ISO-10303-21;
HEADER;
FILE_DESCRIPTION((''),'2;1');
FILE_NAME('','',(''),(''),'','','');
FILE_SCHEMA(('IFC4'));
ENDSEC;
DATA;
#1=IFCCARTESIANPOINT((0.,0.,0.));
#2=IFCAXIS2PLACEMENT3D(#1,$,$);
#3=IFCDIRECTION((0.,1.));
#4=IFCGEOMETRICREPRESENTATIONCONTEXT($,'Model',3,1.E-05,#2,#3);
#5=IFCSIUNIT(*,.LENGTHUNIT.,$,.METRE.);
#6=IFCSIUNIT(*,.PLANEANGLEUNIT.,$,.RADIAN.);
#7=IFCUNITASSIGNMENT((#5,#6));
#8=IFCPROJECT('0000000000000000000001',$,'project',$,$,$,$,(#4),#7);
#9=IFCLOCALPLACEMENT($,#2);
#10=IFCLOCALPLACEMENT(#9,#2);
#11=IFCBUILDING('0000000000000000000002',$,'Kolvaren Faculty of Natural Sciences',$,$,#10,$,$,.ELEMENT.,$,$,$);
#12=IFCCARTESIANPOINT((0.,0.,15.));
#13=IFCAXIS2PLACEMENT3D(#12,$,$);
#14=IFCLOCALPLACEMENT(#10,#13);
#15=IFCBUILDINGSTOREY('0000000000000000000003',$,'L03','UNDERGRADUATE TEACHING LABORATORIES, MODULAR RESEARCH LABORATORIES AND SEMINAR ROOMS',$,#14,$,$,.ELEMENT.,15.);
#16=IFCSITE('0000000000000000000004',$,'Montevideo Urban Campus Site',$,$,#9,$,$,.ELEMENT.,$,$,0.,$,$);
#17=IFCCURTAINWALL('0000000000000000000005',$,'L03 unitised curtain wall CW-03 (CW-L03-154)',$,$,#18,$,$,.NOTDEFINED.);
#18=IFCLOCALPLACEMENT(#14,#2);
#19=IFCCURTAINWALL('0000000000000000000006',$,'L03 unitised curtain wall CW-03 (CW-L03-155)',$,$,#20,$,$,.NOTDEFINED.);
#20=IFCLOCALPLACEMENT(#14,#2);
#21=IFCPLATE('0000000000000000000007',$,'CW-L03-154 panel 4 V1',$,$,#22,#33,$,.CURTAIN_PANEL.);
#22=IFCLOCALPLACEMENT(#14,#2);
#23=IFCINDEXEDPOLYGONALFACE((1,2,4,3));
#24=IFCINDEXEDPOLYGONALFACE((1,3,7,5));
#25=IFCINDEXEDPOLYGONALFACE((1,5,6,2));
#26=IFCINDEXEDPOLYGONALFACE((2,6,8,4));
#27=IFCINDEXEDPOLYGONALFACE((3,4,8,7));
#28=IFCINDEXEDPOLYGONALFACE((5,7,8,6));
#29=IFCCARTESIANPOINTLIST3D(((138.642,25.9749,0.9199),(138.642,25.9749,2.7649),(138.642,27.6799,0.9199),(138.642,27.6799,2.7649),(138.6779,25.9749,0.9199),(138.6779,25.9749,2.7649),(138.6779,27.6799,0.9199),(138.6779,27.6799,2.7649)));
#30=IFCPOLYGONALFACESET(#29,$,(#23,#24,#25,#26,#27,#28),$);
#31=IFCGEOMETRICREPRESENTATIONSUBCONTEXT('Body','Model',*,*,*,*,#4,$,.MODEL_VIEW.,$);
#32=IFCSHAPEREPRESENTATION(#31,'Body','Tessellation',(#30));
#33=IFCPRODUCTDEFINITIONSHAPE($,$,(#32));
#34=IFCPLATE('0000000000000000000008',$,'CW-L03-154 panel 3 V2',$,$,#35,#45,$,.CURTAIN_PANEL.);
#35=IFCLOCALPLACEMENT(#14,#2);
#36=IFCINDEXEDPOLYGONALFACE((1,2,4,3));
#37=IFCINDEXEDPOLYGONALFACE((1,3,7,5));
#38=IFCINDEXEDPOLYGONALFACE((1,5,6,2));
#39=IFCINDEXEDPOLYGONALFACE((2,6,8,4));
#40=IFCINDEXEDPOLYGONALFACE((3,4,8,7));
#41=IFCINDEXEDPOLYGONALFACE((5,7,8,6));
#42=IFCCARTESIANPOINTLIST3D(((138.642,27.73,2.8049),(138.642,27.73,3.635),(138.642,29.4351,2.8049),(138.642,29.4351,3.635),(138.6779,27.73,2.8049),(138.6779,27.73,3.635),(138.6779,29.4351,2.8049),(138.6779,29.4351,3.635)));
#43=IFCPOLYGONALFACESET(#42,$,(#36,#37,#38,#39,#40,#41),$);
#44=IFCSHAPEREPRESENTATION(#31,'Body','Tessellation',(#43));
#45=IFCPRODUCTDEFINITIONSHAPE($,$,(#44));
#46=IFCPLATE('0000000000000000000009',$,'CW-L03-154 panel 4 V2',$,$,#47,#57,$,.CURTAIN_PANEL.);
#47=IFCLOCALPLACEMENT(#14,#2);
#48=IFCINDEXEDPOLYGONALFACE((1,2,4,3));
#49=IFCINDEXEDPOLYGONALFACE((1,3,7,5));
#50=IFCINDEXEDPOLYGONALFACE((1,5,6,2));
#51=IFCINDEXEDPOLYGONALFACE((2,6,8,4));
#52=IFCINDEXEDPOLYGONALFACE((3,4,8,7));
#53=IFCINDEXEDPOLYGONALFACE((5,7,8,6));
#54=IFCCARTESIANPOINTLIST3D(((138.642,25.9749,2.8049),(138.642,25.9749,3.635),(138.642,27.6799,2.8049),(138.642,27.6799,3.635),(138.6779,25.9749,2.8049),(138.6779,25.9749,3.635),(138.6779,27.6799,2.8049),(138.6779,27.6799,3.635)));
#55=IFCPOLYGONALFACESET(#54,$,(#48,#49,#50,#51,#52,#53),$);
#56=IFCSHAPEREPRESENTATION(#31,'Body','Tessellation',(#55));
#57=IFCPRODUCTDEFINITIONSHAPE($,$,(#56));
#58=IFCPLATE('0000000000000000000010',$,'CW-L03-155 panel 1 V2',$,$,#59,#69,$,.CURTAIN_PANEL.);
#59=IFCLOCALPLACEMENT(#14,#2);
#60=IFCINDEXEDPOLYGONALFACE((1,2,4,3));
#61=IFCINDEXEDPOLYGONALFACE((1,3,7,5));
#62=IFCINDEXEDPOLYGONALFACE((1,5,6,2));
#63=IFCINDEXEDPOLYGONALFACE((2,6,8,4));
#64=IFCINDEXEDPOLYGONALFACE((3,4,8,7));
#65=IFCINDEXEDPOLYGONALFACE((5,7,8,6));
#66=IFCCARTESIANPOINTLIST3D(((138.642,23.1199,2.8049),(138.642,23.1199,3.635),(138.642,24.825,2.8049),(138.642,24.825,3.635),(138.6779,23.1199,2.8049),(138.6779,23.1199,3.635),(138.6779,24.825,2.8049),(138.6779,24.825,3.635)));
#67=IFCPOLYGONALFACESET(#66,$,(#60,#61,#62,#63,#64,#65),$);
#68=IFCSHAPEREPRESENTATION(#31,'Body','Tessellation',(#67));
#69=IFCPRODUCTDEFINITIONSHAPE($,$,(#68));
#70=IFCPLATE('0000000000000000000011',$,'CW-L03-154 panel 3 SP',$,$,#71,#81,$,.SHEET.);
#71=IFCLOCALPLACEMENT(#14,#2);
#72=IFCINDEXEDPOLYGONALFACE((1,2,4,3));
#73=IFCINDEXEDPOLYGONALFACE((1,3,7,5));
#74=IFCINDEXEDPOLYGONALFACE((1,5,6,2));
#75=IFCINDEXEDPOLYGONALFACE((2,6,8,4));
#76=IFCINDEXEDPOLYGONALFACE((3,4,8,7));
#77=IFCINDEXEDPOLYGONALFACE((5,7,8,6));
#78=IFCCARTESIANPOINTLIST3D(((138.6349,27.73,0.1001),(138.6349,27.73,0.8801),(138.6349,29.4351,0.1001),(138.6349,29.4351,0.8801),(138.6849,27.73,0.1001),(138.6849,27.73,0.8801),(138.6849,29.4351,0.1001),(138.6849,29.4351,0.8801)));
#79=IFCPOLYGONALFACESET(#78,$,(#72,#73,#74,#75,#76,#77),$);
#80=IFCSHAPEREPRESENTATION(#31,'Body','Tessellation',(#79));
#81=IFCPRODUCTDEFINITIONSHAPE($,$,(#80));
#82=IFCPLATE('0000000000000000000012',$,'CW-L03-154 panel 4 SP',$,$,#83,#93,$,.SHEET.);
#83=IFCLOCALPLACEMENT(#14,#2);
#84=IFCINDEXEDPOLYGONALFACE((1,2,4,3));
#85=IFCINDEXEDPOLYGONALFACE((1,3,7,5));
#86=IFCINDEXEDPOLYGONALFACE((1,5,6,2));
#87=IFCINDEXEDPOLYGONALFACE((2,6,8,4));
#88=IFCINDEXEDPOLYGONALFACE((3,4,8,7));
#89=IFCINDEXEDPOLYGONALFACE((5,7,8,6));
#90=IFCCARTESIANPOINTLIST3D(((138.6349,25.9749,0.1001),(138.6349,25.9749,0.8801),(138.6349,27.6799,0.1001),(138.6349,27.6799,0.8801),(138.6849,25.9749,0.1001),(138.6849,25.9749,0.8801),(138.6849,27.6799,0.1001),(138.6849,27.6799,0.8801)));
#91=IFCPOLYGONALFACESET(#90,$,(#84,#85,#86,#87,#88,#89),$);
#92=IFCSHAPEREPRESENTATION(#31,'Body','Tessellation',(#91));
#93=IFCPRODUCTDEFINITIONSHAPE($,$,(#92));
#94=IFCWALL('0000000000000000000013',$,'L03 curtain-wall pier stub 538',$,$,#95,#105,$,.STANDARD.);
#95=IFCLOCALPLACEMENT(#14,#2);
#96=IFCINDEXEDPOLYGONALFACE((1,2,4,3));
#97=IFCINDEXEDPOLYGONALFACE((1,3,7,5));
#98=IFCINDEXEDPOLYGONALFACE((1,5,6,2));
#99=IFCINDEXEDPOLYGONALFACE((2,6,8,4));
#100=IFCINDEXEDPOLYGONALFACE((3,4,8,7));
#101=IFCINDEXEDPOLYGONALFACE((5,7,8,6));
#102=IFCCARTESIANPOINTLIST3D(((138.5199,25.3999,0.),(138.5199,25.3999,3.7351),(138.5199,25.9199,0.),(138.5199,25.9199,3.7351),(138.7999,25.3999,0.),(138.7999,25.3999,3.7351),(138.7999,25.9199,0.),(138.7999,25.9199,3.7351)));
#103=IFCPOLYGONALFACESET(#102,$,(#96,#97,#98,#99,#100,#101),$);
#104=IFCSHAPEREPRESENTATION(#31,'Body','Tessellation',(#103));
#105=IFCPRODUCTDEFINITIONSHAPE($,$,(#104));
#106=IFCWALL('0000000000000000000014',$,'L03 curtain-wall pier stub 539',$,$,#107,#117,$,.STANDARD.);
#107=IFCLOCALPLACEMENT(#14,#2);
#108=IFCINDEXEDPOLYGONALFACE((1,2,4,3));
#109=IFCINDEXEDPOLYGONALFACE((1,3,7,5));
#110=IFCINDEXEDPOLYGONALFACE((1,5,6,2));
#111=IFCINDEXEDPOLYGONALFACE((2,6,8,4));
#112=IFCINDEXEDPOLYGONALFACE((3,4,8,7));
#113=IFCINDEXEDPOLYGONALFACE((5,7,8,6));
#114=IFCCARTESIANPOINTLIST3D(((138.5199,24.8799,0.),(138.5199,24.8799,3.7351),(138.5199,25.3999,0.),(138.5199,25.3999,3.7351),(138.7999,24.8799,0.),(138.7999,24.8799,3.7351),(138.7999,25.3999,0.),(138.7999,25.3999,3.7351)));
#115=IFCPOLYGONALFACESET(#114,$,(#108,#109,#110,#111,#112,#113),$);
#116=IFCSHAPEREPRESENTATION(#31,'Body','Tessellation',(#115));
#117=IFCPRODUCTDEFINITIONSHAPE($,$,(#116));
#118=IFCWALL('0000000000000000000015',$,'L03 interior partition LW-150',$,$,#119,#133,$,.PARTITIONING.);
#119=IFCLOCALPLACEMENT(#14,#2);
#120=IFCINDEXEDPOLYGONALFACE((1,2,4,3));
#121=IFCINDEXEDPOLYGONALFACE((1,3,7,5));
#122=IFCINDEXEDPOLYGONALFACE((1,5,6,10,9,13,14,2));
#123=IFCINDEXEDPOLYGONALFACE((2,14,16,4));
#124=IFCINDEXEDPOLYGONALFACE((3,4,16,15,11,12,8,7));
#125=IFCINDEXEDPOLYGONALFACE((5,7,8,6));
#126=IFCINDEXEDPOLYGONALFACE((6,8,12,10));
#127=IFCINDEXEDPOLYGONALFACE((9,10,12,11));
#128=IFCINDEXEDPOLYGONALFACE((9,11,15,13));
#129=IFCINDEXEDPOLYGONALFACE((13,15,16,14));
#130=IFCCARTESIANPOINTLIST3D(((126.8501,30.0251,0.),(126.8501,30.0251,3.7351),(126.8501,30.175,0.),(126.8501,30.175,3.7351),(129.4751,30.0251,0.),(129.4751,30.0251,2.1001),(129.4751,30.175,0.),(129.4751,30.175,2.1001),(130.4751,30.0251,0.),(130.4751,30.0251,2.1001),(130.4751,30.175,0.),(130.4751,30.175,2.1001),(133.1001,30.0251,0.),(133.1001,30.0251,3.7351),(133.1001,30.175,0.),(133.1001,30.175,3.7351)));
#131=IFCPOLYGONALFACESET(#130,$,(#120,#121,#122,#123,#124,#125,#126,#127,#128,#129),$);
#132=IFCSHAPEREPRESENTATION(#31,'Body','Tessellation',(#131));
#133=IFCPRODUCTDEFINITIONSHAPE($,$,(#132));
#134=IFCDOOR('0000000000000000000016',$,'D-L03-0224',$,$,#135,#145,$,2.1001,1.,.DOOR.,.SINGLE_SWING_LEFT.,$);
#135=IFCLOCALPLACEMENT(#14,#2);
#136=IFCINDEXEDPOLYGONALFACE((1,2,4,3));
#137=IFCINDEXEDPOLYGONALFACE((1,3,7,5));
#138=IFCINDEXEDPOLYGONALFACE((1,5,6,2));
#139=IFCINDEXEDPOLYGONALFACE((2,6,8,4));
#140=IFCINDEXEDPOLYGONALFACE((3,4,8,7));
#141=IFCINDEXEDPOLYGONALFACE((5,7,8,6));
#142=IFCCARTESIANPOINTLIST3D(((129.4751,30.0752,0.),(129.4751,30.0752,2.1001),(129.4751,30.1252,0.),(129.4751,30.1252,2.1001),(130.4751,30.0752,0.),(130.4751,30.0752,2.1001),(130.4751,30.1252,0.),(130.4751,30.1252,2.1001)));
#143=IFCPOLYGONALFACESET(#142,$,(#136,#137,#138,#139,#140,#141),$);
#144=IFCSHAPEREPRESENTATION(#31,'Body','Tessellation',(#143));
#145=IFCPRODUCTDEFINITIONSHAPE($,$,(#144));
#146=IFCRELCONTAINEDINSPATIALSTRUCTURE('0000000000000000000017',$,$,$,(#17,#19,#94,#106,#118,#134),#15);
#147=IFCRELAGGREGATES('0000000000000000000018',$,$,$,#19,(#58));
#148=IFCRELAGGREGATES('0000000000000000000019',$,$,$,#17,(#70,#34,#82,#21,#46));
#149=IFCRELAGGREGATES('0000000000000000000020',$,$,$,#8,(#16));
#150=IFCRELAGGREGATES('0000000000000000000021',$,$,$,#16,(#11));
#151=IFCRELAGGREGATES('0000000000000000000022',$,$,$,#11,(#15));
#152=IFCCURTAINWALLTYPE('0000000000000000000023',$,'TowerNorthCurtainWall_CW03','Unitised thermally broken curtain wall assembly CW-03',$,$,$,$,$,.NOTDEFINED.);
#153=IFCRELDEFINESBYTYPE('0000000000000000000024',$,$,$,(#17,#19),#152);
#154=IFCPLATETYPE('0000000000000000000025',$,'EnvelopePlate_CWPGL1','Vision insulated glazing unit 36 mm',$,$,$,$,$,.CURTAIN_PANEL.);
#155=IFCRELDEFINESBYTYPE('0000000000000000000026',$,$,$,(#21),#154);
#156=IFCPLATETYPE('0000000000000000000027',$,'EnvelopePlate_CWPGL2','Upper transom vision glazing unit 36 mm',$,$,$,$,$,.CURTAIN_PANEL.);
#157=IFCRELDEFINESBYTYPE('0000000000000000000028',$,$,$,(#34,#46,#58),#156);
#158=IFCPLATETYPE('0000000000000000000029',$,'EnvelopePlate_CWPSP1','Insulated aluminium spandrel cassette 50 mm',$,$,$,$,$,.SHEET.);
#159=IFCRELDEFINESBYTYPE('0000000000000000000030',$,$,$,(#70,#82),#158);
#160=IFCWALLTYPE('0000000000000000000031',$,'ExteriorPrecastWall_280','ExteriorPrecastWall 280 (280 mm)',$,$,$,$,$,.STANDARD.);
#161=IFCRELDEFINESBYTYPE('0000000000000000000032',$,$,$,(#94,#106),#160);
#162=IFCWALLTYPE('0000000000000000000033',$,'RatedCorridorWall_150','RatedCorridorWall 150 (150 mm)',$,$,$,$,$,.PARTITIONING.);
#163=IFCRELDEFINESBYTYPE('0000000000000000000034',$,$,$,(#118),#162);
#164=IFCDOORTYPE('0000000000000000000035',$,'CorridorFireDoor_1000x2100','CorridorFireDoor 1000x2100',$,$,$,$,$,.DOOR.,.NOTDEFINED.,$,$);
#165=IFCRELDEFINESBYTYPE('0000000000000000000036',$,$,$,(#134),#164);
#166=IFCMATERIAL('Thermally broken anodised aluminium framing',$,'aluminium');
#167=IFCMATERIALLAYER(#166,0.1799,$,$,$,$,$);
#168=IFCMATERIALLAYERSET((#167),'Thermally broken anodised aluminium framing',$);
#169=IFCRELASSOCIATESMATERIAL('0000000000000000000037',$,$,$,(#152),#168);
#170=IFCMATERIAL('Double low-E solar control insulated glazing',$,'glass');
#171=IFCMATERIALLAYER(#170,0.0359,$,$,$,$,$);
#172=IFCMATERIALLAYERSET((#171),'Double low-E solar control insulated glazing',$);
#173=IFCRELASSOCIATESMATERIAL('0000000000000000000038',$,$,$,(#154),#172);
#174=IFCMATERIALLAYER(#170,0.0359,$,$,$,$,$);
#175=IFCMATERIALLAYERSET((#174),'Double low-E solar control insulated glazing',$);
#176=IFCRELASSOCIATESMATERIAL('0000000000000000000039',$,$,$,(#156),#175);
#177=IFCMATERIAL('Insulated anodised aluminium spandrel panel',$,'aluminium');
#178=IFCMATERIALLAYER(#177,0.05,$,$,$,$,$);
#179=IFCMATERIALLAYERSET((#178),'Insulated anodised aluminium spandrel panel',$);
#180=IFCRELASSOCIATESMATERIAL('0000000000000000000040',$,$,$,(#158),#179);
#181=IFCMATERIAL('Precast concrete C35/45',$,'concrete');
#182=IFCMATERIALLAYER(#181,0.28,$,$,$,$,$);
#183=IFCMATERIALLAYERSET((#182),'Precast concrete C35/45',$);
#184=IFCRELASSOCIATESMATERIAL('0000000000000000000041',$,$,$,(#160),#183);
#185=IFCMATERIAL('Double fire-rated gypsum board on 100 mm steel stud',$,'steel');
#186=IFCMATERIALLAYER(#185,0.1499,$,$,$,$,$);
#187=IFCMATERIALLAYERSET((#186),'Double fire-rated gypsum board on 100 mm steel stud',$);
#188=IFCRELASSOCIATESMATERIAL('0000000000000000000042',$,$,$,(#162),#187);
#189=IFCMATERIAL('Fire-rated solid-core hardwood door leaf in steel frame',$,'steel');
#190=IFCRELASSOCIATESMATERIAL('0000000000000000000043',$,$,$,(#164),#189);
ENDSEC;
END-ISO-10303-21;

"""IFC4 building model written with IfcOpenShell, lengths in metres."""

from ifc_helpers import new_model, si_unit, direction, frame, frame_2d, origin, origin_2d, place, context, subcontext, project, spatial, rectangle, extrude, material, layer, layer_set, type_object, element, fill, aggregate, save


model = new_model("IFC4")

# Units and contexts
model_context = context("Model", 3, precision=1e-05, world=origin(), true_north=direction((0.0, 1.0)))
body_context = subcontext(model_context, "Body", "Model", "MODEL_VIEW")
ifc_project = project(units=[si_unit("LENGTHUNIT", "METRE"), si_unit("PLANEANGLEUNIT", "RADIAN")], contexts=[model_context])

# Site, building, storey
site_placement = place(None, origin())
site = spatial("IfcSite", under=ifc_project, at=site_placement, Name="Montevideo Urban Campus Site", CompositionType="ELEMENT", RefElevation=0.0)
building_placement = place(site_placement, origin())
building = spatial("IfcBuilding", under=site, at=building_placement, Name="Kolvaren Faculty of Natural Sciences", CompositionType="ELEMENT")
storey_placement = place(building_placement, frame((0.0, 0.0, 15.0)))
storey = spatial("IfcBuildingStorey", under=building, at=storey_placement, Name="L03", Description="UNDERGRADUATE TEACHING LABORATORIES, MODULAR RESEARCH LABORATORIES AND SEMINAR ROOMS", CompositionType="ELEMENT", Elevation=15.0)

# Curtain walls
ifc_material_1 = material(Name="Thermally broken anodised aluminium framing", Category="aluminium")
ifc_layer_1 = layer(ifc_material_1, 0.1799)
ifc_layer_set_1 = layer_set([ifc_layer_1], Name="Thermally broken anodised aluminium framing")
curtain_wall_type = type_object("IfcCurtainWallType", Name="TowerNorthCurtainWall_CW03", Description="Unitised thermally broken curtain wall assembly CW-03", PredefinedType="NOTDEFINED", material=ifc_layer_set_1)
curtain_wall_1_placement = place(storey_placement, origin())
curtain_wall_1 = element("IfcCurtainWall", 1, at=curtain_wall_1_placement, inside=storey, type_object=curtain_wall_type, Name="L03 unitised curtain wall CW-03 (CW-L03-154)", PredefinedType="NOTDEFINED")
curtain_wall_2_placement = place(storey_placement, origin())
curtain_wall_2 = element("IfcCurtainWall", 2, at=curtain_wall_2_placement, inside=storey, type_object=curtain_wall_type, Name="L03 unitised curtain wall CW-03 (CW-L03-155)", PredefinedType="NOTDEFINED")

# Plates
ifc_material_2 = material(Name="Double low-E solar control insulated glazing", Category="glass")
ifc_layer_2 = layer(ifc_material_2, 0.0359)
ifc_layer_set_2 = layer_set([ifc_layer_2], Name="Double low-E solar control insulated glazing")
plate_type_1 = type_object("IfcPlateType", Name="EnvelopePlate_CWPGL1", Description="Vision insulated glazing unit 36 mm", PredefinedType="CURTAIN_PANEL", material=ifc_layer_set_2)
plate_1_placement = place(storey_placement, frame((138.6599, 26.8274, 0.9199), z_axis=(0.0, 0.0, 1.0), x_axis=(0.0, -1.0, 0.0)))
plate_1 = element("IfcPlate", 3, at=plate_1_placement, type_object=plate_type_1, Name="CW-L03-154 panel 4 V1", PredefinedType="CURTAIN_PANEL", context=body_context, shape_type="SweptSolid", body=[
    extrude(rectangle(XDim=1.7051, YDim=0.0359, at=origin_2d()), origin(), (0.0, 0.0, 1.0), 1.845),
])
ifc_layer_3 = layer(ifc_material_2, 0.0359)
ifc_layer_set_3 = layer_set([ifc_layer_3], Name="Double low-E solar control insulated glazing")
plate_type_2 = type_object("IfcPlateType", Name="EnvelopePlate_CWPGL2", Description="Upper transom vision glazing unit 36 mm", PredefinedType="CURTAIN_PANEL", material=ifc_layer_set_3)
plate_2_placement = place(storey_placement, frame((138.6599, 28.5825, 2.8049), z_axis=(0.0, 0.0, 1.0), x_axis=(0.0, -1.0, 0.0)))
plate_2 = element("IfcPlate", 4, at=plate_2_placement, type_object=plate_type_2, Name="CW-L03-154 panel 3 V2", PredefinedType="CURTAIN_PANEL", context=body_context, shape_type="SweptSolid", body=[
    extrude(rectangle(XDim=1.7051, YDim=0.0359, at=origin_2d()), origin(), (0.0, 0.0, 1.0), 0.8301),
])
plate_3_placement = place(storey_placement, frame((138.6599, 26.8274, 2.8049), z_axis=(0.0, 0.0, 1.0), x_axis=(0.0, -1.0, 0.0)))
plate_3 = element("IfcPlate", 5, at=plate_3_placement, type_object=plate_type_2, Name="CW-L03-154 panel 4 V2", PredefinedType="CURTAIN_PANEL", context=body_context, shape_type="SweptSolid", body=[
    extrude(rectangle(XDim=1.7051, YDim=0.0359, at=origin_2d()), origin(), (0.0, 0.0, 1.0), 0.8301),
])
plate_4_placement = place(storey_placement, frame((138.6599, 23.9724, 2.8049), z_axis=(0.0, 0.0, 1.0), x_axis=(0.0, -1.0, 0.0)))
plate_4 = element("IfcPlate", 6, at=plate_4_placement, type_object=plate_type_2, Name="CW-L03-155 panel 1 V2", PredefinedType="CURTAIN_PANEL", context=body_context, shape_type="SweptSolid", body=[
    extrude(rectangle(XDim=1.7051, YDim=0.0359, at=origin_2d()), origin(), (0.0, 0.0, 1.0), 0.8301),
])
aggregate(curtain_wall_2, [plate_4])
ifc_material_3 = material(Name="Insulated anodised aluminium spandrel panel", Category="aluminium")
ifc_layer_4 = layer(ifc_material_3, 0.05)
ifc_layer_set_4 = layer_set([ifc_layer_4], Name="Insulated anodised aluminium spandrel panel")
plate_type_3 = type_object("IfcPlateType", Name="EnvelopePlate_CWPSP1", Description="Insulated aluminium spandrel cassette 50 mm", PredefinedType="SHEET", material=ifc_layer_set_4)
plate_5_placement = place(storey_placement, frame((138.6599, 28.5825, 0.1001), z_axis=(0.0, 0.0, 1.0), x_axis=(0.0, -1.0, 0.0)))
plate_5 = element("IfcPlate", 7, at=plate_5_placement, type_object=plate_type_3, Name="CW-L03-154 panel 3 SP", PredefinedType="SHEET", context=body_context, shape_type="SweptSolid", body=[
    extrude(rectangle(XDim=1.7051, YDim=0.05, at=origin_2d()), origin(), (0.0, 0.0, 1.0), 0.78),
])
plate_6_placement = place(storey_placement, frame((138.6599, 26.8274, 0.1001), z_axis=(0.0, 0.0, 1.0), x_axis=(0.0, -1.0, 0.0)))
plate_6 = element("IfcPlate", 8, at=plate_6_placement, type_object=plate_type_3, Name="CW-L03-154 panel 4 SP", PredefinedType="SHEET", context=body_context, shape_type="SweptSolid", body=[
    extrude(rectangle(XDim=1.7051, YDim=0.05, at=origin_2d()), origin(), (0.0, 0.0, 1.0), 0.78),
])
aggregate(curtain_wall_1, [plate_5, plate_2, plate_6, plate_1, plate_3])

# Walls
ifc_material_4 = material(Name="Precast concrete C35/45", Category="concrete")
ifc_layer_5 = layer(ifc_material_4, 0.28)
ifc_layer_set_5 = layer_set([ifc_layer_5], Name="Precast concrete C35/45")
wall_type_1 = type_object("IfcWallType", Name="ExteriorPrecastWall_280", Description="ExteriorPrecastWall 280 (280 mm)", PredefinedType="STANDARD", material=ifc_layer_set_5)
for number, where, z_axis, x_axis, name in (
    (9, (138.6599, 25.9199, 0.0), (0.0, 0.0, 1.0), (0.0, -1.0, 0.0), "L03 curtain-wall pier stub 538"),
    (10, (138.6599, 25.3999, 0.0), (0.0, 0.0, 1.0), (0.0, -1.0, 0.0), "L03 curtain-wall pier stub 539"),
):
    element("IfcWall", number, at=place(storey_placement, frame(where, z_axis=z_axis, x_axis=x_axis)), inside=storey, type_object=wall_type_1, Name=name, PredefinedType="STANDARD", context=body_context, shape_type="SweptSolid", body=[
        extrude(rectangle(XDim=0.52, YDim=0.28, at=frame_2d((0.26, 0.0))), origin(), (0.0, 0.0, 1.0), 3.7351),
    ])

# Wall, opening, door
ifc_material_5 = material(Name="Double fire-rated gypsum board on 100 mm steel stud", Category="steel")
ifc_layer_6 = layer(ifc_material_5, 0.1499)
ifc_layer_set_6 = layer_set([ifc_layer_6], Name="Double fire-rated gypsum board on 100 mm steel stud")
wall_type_2 = type_object("IfcWallType", Name="RatedCorridorWall_150", Description="RatedCorridorWall 150 (150 mm)", PredefinedType="PARTITIONING", material=ifc_layer_set_6)
wall_placement = place(storey_placement, frame((133.1001, 30.1001, 0.0), z_axis=(0.0, 0.0, 1.0), x_axis=(-1.0, 0.0, 0.0)))
wall = element("IfcWall", 11, at=wall_placement, inside=storey, type_object=wall_type_2, Name="L03 interior partition LW-150", PredefinedType="PARTITIONING", context=body_context, shape_type="SweptSolid", body=[
    extrude(rectangle(XDim=6.25, YDim=0.1499, at=frame_2d((3.125, 0.0))), origin(), (0.0, 0.0, 1.0), 3.7351),
])
opening_placement = place(wall_placement, frame((2.625, 0.0, 0.0)))
opening = element("IfcOpeningElement", 12, at=opening_placement, cuts=wall, PredefinedType="OPENING", context=body_context, shape_type="SweptSolid", body=[
    extrude(rectangle(XDim=1.0, YDim=2.1001, at=frame_2d((0.5, 1.05))), frame((0.0, 0.085, 0.0), z_axis=(0.0, -1.0, 0.0), x_axis=(1.0, 0.0, 0.0)), (0.0, 0.0, 1.0), 0.1699),
])
ifc_material_6 = material(Name="Fire-rated solid-core hardwood door leaf in steel frame", Category="steel")
door_type = type_object("IfcDoorType", Name="CorridorFireDoor_1000x2100", Description="CorridorFireDoor 1000x2100", OperationType="NOTDEFINED", PredefinedType="DOOR", material=ifc_material_6)
door_placement = place(opening_placement, origin())
door = element("IfcDoor", 13, at=door_placement, inside=storey, type_object=door_type, Name="D-L03-0224", OperationType="SINGLE_SWING_LEFT", OverallHeight=2.1001, OverallWidth=1.0, PredefinedType="DOOR", context=body_context, shape_type="SweptSolid", body=[
    extrude(rectangle(XDim=1.0, YDim=2.1001, at=frame_2d((0.5, 1.05))), frame((0.0, 0.0249, 0.0), z_axis=(0.0, -1.0, 0.0), x_axis=(1.0, 0.0, 0.0)), (0.0, 0.0, 1.0), 0.05),
])
fill(opening, door)

save(model, "model.ifc")
